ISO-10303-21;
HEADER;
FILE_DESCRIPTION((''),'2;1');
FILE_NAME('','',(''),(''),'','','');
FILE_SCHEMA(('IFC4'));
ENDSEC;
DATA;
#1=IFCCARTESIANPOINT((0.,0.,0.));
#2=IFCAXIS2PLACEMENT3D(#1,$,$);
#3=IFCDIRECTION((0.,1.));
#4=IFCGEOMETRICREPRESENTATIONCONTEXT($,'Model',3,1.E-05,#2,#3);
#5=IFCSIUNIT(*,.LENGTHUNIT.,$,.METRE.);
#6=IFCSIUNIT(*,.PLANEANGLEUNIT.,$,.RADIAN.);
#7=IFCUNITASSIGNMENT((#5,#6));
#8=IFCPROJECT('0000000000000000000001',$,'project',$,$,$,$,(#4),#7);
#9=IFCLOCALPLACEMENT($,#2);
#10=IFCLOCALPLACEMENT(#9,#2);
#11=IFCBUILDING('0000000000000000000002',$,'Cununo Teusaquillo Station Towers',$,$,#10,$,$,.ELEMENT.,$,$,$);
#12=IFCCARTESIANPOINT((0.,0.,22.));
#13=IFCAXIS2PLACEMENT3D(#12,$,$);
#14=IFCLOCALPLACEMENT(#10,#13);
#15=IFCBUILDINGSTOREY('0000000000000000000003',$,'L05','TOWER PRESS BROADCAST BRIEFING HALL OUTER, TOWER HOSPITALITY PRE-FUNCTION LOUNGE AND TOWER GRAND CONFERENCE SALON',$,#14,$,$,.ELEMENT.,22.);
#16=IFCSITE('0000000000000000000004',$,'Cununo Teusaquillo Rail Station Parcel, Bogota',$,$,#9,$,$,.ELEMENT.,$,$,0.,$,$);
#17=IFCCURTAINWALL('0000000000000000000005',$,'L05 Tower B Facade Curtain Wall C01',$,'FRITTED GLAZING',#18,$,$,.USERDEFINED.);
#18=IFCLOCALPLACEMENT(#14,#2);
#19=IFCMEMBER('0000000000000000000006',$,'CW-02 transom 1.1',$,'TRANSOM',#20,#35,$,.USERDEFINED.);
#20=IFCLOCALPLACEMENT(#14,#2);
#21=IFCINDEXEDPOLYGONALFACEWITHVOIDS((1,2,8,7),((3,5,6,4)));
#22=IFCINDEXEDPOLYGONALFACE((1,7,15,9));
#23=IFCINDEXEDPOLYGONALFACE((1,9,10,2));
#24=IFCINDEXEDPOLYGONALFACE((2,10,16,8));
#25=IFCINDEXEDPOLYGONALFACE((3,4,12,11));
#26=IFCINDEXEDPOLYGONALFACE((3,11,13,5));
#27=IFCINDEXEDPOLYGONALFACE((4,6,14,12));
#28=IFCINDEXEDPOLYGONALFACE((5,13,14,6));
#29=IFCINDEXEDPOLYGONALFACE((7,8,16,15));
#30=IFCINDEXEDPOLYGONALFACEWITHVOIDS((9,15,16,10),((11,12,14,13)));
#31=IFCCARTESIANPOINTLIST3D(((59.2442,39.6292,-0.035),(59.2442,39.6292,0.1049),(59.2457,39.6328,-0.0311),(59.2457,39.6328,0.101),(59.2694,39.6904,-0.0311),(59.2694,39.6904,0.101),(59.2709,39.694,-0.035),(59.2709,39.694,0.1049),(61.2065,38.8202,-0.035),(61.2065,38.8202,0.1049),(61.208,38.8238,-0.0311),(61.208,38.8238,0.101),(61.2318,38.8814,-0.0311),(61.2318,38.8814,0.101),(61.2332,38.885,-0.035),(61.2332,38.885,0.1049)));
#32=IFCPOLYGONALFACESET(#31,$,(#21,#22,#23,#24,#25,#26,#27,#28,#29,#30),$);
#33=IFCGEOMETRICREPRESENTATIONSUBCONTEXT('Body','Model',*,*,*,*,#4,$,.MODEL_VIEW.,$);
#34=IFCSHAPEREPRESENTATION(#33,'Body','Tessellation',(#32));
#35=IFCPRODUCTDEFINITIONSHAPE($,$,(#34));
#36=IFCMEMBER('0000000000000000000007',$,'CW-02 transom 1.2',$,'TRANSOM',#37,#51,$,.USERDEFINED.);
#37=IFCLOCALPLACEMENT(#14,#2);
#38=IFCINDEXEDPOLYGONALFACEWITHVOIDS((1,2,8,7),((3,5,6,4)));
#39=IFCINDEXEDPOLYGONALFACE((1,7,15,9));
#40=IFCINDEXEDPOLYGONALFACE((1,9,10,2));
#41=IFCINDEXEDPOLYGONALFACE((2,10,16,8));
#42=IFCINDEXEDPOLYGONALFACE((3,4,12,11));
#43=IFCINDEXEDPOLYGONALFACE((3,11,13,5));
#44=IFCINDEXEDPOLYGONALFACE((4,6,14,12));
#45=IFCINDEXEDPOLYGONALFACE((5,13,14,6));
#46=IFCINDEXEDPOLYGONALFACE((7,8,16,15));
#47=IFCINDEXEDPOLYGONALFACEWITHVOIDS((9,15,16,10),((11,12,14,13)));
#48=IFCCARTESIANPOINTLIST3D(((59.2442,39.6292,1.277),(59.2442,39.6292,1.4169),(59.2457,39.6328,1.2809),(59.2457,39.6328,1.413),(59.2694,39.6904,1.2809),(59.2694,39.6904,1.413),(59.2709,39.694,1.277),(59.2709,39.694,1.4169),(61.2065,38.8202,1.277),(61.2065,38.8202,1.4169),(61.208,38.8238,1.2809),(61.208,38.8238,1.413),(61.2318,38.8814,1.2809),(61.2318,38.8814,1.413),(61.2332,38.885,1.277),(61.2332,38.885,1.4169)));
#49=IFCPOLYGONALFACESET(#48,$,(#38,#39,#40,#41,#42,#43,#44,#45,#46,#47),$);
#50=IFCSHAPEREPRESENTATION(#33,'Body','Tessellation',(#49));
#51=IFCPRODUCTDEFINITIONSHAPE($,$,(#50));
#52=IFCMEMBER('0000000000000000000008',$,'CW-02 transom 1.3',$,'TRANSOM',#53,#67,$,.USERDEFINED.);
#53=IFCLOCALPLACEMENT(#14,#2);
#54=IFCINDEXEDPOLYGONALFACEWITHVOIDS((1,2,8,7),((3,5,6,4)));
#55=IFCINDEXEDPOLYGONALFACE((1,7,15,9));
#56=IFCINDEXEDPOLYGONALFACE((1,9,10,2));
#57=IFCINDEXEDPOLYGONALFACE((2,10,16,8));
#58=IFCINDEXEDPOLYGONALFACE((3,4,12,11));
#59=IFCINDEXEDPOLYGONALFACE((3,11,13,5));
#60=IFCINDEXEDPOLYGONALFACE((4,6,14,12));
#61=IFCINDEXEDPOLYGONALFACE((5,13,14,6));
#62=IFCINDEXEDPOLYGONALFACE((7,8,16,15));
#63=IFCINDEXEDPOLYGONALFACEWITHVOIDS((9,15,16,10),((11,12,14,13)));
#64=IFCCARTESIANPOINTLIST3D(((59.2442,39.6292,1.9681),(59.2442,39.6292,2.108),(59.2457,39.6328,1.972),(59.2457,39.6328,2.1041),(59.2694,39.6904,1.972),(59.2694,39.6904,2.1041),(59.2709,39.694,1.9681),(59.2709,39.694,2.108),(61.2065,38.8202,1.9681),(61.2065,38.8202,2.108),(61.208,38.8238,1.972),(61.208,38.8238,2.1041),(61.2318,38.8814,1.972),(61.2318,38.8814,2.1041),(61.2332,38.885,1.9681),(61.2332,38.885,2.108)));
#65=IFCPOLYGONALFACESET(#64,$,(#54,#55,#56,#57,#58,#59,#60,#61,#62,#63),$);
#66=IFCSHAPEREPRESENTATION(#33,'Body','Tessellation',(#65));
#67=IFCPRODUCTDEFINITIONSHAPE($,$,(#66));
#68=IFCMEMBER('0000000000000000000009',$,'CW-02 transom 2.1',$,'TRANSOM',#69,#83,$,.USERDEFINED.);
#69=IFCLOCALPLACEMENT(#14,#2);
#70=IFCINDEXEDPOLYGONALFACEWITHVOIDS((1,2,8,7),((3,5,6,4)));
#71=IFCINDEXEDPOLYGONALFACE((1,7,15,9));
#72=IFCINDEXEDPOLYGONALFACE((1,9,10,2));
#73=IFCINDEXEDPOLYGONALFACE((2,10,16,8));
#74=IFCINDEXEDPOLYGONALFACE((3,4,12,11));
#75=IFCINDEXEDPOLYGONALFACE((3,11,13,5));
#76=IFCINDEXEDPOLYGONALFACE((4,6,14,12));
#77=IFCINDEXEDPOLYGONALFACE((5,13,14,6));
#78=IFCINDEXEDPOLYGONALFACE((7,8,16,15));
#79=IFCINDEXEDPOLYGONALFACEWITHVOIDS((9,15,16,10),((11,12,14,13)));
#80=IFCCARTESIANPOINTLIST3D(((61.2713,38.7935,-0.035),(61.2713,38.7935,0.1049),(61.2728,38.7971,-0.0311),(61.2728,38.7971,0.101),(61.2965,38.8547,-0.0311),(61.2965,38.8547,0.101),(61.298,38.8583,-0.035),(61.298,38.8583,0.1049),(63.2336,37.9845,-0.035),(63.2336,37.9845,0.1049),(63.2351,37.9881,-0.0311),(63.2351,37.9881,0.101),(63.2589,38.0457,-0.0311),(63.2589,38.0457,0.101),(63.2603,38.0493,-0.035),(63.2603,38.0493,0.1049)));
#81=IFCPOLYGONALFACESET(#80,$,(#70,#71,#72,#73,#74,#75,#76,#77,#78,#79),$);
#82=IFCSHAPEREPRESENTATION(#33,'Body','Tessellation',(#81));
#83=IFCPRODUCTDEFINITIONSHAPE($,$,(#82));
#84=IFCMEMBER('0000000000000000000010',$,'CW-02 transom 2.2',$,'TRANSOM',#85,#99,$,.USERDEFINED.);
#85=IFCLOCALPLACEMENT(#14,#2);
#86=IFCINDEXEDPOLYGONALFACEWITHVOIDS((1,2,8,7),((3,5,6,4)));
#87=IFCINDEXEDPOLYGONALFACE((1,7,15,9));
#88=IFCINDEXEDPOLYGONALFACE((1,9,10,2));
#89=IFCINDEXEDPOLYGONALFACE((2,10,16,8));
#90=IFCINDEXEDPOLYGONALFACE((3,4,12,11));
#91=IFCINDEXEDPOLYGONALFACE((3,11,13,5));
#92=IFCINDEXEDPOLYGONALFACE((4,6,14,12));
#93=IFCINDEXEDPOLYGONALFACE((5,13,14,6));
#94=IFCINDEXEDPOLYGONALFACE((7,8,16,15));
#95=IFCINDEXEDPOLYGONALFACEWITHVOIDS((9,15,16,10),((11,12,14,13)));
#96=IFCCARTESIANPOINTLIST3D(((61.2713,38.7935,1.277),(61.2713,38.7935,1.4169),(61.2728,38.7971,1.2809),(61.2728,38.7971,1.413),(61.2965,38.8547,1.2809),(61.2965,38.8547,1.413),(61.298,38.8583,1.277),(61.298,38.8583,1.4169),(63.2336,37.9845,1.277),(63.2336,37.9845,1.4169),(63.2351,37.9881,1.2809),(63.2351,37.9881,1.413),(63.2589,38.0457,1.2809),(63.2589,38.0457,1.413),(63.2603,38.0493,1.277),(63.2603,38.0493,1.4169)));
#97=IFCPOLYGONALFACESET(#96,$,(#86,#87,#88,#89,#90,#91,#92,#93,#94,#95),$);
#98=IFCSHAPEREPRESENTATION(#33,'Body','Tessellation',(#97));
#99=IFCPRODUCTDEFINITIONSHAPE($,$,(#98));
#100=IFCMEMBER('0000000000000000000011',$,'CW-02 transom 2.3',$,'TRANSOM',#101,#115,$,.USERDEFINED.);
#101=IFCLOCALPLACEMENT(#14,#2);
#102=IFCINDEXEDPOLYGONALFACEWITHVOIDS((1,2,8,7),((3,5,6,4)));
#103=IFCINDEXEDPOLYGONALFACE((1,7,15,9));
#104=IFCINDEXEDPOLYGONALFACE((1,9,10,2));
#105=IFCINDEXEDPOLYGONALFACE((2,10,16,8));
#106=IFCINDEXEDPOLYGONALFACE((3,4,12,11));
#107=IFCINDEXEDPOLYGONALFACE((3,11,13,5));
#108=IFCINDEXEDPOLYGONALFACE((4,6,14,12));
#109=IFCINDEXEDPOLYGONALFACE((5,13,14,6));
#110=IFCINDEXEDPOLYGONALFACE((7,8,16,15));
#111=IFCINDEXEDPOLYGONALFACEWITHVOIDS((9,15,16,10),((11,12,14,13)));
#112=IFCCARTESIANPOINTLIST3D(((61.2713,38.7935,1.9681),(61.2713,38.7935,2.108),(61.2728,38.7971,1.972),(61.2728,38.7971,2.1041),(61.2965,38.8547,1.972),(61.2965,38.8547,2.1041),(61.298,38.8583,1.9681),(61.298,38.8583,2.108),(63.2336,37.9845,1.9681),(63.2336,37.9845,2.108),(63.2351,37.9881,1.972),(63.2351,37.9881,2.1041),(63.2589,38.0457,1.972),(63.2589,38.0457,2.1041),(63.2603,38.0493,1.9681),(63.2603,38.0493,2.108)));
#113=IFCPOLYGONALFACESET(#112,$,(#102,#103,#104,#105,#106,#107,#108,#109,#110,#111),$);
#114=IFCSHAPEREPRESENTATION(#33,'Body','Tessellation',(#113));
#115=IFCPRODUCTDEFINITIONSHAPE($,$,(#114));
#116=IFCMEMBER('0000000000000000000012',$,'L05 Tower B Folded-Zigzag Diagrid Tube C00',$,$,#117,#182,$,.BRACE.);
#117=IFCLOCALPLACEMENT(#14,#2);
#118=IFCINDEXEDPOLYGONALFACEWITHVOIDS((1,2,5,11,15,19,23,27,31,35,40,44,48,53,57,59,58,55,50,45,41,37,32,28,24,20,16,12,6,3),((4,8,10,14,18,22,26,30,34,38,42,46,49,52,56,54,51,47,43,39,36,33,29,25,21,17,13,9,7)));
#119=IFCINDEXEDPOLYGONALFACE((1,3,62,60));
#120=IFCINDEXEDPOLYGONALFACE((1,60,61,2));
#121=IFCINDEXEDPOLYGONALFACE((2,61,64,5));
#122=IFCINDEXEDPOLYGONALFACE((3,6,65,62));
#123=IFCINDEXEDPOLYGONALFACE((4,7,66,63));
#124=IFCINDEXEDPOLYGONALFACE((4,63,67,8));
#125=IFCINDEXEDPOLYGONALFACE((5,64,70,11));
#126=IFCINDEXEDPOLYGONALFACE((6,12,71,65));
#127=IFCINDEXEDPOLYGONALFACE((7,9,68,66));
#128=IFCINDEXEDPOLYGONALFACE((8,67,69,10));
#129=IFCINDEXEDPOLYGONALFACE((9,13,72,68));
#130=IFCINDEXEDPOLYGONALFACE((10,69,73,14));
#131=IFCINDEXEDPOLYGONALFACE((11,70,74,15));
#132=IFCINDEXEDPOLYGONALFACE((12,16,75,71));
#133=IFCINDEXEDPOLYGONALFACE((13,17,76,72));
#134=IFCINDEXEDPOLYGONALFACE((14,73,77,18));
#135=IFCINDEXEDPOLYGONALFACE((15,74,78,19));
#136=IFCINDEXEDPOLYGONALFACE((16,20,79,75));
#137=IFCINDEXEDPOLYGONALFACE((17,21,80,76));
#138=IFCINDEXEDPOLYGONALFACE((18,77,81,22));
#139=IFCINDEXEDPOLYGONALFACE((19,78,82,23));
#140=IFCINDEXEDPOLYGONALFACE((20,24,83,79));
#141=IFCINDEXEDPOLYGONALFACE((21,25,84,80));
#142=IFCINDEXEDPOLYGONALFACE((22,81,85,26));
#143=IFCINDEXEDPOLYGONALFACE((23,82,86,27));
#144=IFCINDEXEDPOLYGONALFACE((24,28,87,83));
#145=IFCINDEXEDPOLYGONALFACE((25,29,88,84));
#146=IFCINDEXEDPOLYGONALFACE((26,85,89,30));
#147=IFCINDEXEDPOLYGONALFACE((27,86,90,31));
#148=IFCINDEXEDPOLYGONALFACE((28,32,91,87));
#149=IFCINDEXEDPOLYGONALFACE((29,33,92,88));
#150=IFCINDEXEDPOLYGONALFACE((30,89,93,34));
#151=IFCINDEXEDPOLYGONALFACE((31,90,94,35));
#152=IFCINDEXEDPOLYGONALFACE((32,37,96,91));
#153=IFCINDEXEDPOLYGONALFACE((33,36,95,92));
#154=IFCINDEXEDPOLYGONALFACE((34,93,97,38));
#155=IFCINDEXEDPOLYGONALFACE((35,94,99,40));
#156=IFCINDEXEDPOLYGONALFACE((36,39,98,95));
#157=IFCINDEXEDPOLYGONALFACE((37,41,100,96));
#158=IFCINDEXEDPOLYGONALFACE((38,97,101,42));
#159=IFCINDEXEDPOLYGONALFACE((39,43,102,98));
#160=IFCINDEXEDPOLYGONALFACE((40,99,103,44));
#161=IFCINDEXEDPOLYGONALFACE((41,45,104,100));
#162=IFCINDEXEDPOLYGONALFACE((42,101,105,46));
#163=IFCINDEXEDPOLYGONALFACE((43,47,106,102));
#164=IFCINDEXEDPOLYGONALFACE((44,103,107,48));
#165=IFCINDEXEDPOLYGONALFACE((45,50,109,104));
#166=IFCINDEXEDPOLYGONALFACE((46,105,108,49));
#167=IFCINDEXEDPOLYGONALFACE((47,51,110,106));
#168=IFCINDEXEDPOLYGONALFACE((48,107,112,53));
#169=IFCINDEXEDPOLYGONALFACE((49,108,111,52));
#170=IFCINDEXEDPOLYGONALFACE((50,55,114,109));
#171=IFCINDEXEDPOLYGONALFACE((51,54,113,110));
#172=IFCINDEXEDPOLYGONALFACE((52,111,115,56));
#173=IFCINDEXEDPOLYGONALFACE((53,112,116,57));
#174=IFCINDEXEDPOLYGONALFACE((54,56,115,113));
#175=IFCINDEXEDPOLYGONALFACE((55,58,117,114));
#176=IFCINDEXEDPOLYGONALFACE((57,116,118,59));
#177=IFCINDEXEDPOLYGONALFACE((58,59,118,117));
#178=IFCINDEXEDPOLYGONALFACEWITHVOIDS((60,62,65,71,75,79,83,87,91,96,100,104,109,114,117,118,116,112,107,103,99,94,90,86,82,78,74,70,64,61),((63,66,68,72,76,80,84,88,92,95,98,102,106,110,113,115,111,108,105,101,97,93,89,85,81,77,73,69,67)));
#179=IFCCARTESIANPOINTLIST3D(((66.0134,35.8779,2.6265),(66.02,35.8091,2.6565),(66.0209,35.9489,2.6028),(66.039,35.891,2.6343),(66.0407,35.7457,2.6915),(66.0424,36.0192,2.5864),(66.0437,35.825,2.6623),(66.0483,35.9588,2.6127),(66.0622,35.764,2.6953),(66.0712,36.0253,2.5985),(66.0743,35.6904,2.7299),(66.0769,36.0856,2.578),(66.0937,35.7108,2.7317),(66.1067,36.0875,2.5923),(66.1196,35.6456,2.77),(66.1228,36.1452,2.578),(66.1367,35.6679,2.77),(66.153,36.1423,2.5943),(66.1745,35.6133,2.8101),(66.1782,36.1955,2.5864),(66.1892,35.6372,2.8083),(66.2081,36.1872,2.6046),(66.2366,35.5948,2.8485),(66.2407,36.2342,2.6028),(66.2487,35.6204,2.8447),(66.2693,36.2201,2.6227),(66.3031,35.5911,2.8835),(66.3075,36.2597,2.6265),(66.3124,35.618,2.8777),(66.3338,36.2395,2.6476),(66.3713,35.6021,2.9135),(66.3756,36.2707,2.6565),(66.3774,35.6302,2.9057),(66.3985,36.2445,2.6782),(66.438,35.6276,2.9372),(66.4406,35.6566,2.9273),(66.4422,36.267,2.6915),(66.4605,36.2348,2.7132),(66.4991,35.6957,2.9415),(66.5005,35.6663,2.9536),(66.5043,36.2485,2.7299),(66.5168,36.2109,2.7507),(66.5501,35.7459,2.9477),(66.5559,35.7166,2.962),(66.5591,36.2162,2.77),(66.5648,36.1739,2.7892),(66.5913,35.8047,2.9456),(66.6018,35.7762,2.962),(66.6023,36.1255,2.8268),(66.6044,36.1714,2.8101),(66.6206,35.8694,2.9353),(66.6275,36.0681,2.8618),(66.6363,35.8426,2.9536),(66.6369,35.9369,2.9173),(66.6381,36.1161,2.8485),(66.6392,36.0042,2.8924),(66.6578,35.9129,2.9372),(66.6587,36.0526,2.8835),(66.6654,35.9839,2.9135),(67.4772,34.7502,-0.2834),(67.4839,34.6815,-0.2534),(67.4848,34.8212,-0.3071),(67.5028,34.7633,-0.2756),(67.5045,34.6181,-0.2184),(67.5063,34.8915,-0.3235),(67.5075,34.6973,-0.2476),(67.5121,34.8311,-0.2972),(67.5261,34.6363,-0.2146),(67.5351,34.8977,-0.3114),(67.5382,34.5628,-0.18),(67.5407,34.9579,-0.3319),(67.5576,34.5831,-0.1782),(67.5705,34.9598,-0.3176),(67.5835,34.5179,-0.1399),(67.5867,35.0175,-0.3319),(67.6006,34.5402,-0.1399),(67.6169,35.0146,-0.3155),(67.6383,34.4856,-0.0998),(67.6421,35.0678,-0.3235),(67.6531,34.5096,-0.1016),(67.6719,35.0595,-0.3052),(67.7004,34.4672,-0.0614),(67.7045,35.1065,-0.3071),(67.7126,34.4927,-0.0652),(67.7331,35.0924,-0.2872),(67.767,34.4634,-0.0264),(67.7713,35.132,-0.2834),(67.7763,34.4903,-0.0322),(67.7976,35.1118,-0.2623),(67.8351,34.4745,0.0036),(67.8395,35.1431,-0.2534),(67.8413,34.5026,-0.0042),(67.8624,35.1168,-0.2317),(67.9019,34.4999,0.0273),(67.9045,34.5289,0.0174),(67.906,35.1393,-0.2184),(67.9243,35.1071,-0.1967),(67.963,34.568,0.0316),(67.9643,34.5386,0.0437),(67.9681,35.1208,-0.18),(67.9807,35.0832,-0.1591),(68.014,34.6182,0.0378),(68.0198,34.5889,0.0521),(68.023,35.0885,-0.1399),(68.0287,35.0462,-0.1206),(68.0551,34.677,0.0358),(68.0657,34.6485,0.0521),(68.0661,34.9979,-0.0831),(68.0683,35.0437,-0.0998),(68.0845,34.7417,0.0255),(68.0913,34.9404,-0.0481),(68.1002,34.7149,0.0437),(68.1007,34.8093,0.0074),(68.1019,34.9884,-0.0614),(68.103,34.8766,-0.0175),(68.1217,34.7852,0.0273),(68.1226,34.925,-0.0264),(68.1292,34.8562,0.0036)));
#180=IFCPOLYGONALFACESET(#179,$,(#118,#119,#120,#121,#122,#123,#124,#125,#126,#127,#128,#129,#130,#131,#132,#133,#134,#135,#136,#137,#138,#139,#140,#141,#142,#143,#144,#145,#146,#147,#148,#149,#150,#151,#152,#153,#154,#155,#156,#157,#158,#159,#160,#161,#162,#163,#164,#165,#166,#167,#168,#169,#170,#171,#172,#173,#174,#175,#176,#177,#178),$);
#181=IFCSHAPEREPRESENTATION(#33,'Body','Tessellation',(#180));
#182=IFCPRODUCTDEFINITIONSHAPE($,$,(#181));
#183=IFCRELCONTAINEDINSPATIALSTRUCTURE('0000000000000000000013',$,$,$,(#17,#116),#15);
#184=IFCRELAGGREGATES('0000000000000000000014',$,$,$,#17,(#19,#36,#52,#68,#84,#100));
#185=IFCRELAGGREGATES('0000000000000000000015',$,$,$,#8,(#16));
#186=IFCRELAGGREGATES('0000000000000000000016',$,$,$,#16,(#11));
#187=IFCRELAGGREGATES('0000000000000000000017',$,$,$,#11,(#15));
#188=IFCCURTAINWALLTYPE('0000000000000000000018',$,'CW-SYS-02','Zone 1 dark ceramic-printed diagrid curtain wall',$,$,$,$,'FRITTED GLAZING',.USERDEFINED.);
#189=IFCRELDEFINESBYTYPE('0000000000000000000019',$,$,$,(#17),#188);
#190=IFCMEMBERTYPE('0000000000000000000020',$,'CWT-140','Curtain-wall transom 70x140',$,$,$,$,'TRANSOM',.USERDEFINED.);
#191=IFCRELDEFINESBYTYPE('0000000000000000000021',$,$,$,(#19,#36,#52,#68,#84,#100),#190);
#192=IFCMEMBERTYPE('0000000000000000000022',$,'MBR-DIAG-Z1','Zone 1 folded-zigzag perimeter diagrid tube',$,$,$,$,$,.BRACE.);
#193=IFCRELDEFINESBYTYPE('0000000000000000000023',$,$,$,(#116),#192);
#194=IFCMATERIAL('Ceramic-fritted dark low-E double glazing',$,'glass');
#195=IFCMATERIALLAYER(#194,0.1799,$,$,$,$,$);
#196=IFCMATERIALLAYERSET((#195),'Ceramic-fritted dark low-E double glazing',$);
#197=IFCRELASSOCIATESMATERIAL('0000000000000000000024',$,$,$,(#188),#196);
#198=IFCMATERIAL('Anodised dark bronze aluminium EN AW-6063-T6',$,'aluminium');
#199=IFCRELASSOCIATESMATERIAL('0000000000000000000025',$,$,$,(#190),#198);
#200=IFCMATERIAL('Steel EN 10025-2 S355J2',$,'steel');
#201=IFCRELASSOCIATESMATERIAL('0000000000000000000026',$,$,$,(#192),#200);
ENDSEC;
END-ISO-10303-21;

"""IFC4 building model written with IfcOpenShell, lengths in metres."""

from ifc_helpers import new_model, si_unit, direction, frame, origin, origin_2d, place, context, subcontext, project, spatial, hollow_rectangle, hollow_circle, extrude, material, layer, layer_set, material_profile, profile_set, type_object, element, aggregate, save


model = new_model("IFC4")

# Units and contexts
model_context = context("Model", 3, precision=1e-05, world=origin(), true_north=direction((0.0, 1.0)))
body_context = subcontext(model_context, "Body", "Model", "MODEL_VIEW")
ifc_project = project(units=[si_unit("LENGTHUNIT", "METRE"), si_unit("PLANEANGLEUNIT", "RADIAN")], contexts=[model_context])

# Site, building, storey
site_placement = place(None, origin())
site = spatial("IfcSite", under=ifc_project, at=site_placement, Name="Cununo Teusaquillo Rail Station Parcel, Bogota", CompositionType="ELEMENT", RefElevation=0.0)
building_placement = place(site_placement, origin())
building = spatial("IfcBuilding", under=site, at=building_placement, Name="Cununo Teusaquillo Station Towers", CompositionType="ELEMENT")
storey_placement = place(building_placement, frame((0.0, 0.0, 22.0)))
storey = spatial("IfcBuildingStorey", under=building, at=storey_placement, Name="L05", Description="TOWER PRESS BROADCAST BRIEFING HALL OUTER, TOWER HOSPITALITY PRE-FUNCTION LOUNGE AND TOWER GRAND CONFERENCE SALON", CompositionType="ELEMENT", Elevation=22.0)

# Curtain wall, members
ifc_material_1 = material(Name="Ceramic-fritted dark low-E double glazing", Category="glass")
ifc_layer_1 = layer(ifc_material_1, 0.1799)
ifc_layer_set_1 = layer_set([ifc_layer_1], Name="Ceramic-fritted dark low-E double glazing")
curtain_wall_type = type_object("IfcCurtainWallType", Name="CW-SYS-02", Description="Zone 1 dark ceramic-printed diagrid curtain wall", ElementType="FRITTED GLAZING", PredefinedType="USERDEFINED", material=ifc_layer_set_1)
curtain_wall_placement = place(storey_placement, origin())
curtain_wall = element("IfcCurtainWall", 1, at=curtain_wall_placement, inside=storey, type_object=curtain_wall_type, Name="L05 Tower B Facade Curtain Wall C01", ObjectType="FRITTED GLAZING", PredefinedType="USERDEFINED")
ifc_material_2 = material(Name="Anodised dark bronze aluminium EN AW-6063-T6", Category="aluminium")
ifc_material_profile_1 = material_profile(ifc_material_2, hollow_rectangle(XDim=0.0701, YDim=0.1399, WallThickness=0.0039, at=origin_2d()), Name="CW-TRAN-70x140")
ifc_profile_set_1 = profile_set([ifc_material_profile_1], Name="Anodised dark bronze aluminium EN AW-6063-T6")
member_type_1 = type_object("IfcMemberType", Name="CWT-140", Description="Curtain-wall transom 70x140", ElementType="TRANSOM", PredefinedType="USERDEFINED", material=ifc_profile_set_1)
member_1_placement = place(storey_placement, frame((59.2576, 39.6616, 0.0349), z_axis=(0.924507, -0.381166, 0.0), x_axis=(0.381166, 0.924507, 0.0)))
member_1 = element("IfcMember", 2, at=member_1_placement, type_object=member_type_1, Name="CW-02 transom 1.1", ObjectType="TRANSOM", PredefinedType="USERDEFINED", context=body_context, shape_type="SweptSolid", body=[
    extrude(hollow_rectangle(XDim=0.0701, YDim=0.1399, WallThickness=0.0039, at=origin_2d()), origin(), (0.0, 0.0, 1.0), 2.1226),
])
member_2_placement = place(storey_placement, frame((59.2576, 39.6616, 1.3469), z_axis=(0.924507, -0.381166, 0.0), x_axis=(0.381166, 0.924507, 0.0)))
member_2 = element("IfcMember", 3, at=member_2_placement, type_object=member_type_1, Name="CW-02 transom 1.2", ObjectType="TRANSOM", PredefinedType="USERDEFINED", context=body_context, shape_type="SweptSolid", body=[
    extrude(hollow_rectangle(XDim=0.0701, YDim=0.1399, WallThickness=0.0039, at=origin_2d()), origin(), (0.0, 0.0, 1.0), 2.1226),
])
member_3_placement = place(storey_placement, frame((59.2576, 39.6616, 2.0381), z_axis=(0.924507, -0.381166, 0.0), x_axis=(0.381166, 0.924507, 0.0)))
member_3 = element("IfcMember", 4, at=member_3_placement, type_object=member_type_1, Name="CW-02 transom 1.3", ObjectType="TRANSOM", PredefinedType="USERDEFINED", context=body_context, shape_type="SweptSolid", body=[
    extrude(hollow_rectangle(XDim=0.0701, YDim=0.1399, WallThickness=0.0039, at=origin_2d()), origin(), (0.0, 0.0, 1.0), 2.1226),
])
member_4_placement = place(storey_placement, frame((61.2847, 38.8259, 0.0349), z_axis=(0.924507, -0.381166, 0.0), x_axis=(0.381166, 0.924507, 0.0)))
member_4 = element("IfcMember", 5, at=member_4_placement, type_object=member_type_1, Name="CW-02 transom 2.1", ObjectType="TRANSOM", PredefinedType="USERDEFINED", context=body_context, shape_type="SweptSolid", body=[
    extrude(hollow_rectangle(XDim=0.0701, YDim=0.1399, WallThickness=0.0039, at=origin_2d()), origin(), (0.0, 0.0, 1.0), 2.1226),
])
member_5_placement = place(storey_placement, frame((61.2847, 38.8259, 1.3469), z_axis=(0.924507, -0.381166, 0.0), x_axis=(0.381166, 0.924507, 0.0)))
member_5 = element("IfcMember", 6, at=member_5_placement, type_object=member_type_1, Name="CW-02 transom 2.2", ObjectType="TRANSOM", PredefinedType="USERDEFINED", context=body_context, shape_type="SweptSolid", body=[
    extrude(hollow_rectangle(XDim=0.0701, YDim=0.1399, WallThickness=0.0039, at=origin_2d()), origin(), (0.0, 0.0, 1.0), 2.1226),
])
member_6_placement = place(storey_placement, frame((61.2847, 38.8259, 2.0381), z_axis=(0.924507, -0.381166, 0.0), x_axis=(0.381166, 0.924507, 0.0)))
member_6 = element("IfcMember", 7, at=member_6_placement, type_object=member_type_1, Name="CW-02 transom 2.3", ObjectType="TRANSOM", PredefinedType="USERDEFINED", context=body_context, shape_type="SweptSolid", body=[
    extrude(hollow_rectangle(XDim=0.0701, YDim=0.1399, WallThickness=0.0039, at=origin_2d()), origin(), (0.0, 0.0, 1.0), 2.1226),
])

# Member
ifc_material_3 = material(Name="Steel EN 10025-2 S355J2", Category="steel")
ifc_material_profile_2 = material_profile(ifc_material_3, hollow_circle(Radius=0.3601, WallThickness=0.0281, at=origin_2d()), Name="CHS 720x28")
ifc_profile_set_2 = profile_set([ifc_material_profile_2], Name="Steel EN 10025-2 S355J2")
member_type_2 = type_object("IfcMemberType", Name="MBR-DIAG-Z1", Description="Zone 1 folded-zigzag perimeter diagrid tube", PredefinedType="BRACE", material=ifc_profile_set_2)
member_7_placement = place(storey_placement, frame((67.8032, 34.8032, -0.1399), z_axis=(-0.424672, 0.327145, 0.844174), x_axis=(-0.610266, -0.792196, 0.0)))
element("IfcMember", 8, at=member_7_placement, inside=storey, type_object=member_type_2, Name="L05 Tower B Folded-Zigzag Diagrid Tube C00", PredefinedType="BRACE", context=body_context, shape_type="SweptSolid", body=[
    extrude(hollow_circle(Radius=0.3601, WallThickness=0.0281, at=origin_2d()), origin(), (0.0, 0.0, 1.0), 3.447),
])

aggregate(curtain_wall, [member_1, member_2, member_3, member_4, member_5, member_6])

save(model, "model.ifc")
